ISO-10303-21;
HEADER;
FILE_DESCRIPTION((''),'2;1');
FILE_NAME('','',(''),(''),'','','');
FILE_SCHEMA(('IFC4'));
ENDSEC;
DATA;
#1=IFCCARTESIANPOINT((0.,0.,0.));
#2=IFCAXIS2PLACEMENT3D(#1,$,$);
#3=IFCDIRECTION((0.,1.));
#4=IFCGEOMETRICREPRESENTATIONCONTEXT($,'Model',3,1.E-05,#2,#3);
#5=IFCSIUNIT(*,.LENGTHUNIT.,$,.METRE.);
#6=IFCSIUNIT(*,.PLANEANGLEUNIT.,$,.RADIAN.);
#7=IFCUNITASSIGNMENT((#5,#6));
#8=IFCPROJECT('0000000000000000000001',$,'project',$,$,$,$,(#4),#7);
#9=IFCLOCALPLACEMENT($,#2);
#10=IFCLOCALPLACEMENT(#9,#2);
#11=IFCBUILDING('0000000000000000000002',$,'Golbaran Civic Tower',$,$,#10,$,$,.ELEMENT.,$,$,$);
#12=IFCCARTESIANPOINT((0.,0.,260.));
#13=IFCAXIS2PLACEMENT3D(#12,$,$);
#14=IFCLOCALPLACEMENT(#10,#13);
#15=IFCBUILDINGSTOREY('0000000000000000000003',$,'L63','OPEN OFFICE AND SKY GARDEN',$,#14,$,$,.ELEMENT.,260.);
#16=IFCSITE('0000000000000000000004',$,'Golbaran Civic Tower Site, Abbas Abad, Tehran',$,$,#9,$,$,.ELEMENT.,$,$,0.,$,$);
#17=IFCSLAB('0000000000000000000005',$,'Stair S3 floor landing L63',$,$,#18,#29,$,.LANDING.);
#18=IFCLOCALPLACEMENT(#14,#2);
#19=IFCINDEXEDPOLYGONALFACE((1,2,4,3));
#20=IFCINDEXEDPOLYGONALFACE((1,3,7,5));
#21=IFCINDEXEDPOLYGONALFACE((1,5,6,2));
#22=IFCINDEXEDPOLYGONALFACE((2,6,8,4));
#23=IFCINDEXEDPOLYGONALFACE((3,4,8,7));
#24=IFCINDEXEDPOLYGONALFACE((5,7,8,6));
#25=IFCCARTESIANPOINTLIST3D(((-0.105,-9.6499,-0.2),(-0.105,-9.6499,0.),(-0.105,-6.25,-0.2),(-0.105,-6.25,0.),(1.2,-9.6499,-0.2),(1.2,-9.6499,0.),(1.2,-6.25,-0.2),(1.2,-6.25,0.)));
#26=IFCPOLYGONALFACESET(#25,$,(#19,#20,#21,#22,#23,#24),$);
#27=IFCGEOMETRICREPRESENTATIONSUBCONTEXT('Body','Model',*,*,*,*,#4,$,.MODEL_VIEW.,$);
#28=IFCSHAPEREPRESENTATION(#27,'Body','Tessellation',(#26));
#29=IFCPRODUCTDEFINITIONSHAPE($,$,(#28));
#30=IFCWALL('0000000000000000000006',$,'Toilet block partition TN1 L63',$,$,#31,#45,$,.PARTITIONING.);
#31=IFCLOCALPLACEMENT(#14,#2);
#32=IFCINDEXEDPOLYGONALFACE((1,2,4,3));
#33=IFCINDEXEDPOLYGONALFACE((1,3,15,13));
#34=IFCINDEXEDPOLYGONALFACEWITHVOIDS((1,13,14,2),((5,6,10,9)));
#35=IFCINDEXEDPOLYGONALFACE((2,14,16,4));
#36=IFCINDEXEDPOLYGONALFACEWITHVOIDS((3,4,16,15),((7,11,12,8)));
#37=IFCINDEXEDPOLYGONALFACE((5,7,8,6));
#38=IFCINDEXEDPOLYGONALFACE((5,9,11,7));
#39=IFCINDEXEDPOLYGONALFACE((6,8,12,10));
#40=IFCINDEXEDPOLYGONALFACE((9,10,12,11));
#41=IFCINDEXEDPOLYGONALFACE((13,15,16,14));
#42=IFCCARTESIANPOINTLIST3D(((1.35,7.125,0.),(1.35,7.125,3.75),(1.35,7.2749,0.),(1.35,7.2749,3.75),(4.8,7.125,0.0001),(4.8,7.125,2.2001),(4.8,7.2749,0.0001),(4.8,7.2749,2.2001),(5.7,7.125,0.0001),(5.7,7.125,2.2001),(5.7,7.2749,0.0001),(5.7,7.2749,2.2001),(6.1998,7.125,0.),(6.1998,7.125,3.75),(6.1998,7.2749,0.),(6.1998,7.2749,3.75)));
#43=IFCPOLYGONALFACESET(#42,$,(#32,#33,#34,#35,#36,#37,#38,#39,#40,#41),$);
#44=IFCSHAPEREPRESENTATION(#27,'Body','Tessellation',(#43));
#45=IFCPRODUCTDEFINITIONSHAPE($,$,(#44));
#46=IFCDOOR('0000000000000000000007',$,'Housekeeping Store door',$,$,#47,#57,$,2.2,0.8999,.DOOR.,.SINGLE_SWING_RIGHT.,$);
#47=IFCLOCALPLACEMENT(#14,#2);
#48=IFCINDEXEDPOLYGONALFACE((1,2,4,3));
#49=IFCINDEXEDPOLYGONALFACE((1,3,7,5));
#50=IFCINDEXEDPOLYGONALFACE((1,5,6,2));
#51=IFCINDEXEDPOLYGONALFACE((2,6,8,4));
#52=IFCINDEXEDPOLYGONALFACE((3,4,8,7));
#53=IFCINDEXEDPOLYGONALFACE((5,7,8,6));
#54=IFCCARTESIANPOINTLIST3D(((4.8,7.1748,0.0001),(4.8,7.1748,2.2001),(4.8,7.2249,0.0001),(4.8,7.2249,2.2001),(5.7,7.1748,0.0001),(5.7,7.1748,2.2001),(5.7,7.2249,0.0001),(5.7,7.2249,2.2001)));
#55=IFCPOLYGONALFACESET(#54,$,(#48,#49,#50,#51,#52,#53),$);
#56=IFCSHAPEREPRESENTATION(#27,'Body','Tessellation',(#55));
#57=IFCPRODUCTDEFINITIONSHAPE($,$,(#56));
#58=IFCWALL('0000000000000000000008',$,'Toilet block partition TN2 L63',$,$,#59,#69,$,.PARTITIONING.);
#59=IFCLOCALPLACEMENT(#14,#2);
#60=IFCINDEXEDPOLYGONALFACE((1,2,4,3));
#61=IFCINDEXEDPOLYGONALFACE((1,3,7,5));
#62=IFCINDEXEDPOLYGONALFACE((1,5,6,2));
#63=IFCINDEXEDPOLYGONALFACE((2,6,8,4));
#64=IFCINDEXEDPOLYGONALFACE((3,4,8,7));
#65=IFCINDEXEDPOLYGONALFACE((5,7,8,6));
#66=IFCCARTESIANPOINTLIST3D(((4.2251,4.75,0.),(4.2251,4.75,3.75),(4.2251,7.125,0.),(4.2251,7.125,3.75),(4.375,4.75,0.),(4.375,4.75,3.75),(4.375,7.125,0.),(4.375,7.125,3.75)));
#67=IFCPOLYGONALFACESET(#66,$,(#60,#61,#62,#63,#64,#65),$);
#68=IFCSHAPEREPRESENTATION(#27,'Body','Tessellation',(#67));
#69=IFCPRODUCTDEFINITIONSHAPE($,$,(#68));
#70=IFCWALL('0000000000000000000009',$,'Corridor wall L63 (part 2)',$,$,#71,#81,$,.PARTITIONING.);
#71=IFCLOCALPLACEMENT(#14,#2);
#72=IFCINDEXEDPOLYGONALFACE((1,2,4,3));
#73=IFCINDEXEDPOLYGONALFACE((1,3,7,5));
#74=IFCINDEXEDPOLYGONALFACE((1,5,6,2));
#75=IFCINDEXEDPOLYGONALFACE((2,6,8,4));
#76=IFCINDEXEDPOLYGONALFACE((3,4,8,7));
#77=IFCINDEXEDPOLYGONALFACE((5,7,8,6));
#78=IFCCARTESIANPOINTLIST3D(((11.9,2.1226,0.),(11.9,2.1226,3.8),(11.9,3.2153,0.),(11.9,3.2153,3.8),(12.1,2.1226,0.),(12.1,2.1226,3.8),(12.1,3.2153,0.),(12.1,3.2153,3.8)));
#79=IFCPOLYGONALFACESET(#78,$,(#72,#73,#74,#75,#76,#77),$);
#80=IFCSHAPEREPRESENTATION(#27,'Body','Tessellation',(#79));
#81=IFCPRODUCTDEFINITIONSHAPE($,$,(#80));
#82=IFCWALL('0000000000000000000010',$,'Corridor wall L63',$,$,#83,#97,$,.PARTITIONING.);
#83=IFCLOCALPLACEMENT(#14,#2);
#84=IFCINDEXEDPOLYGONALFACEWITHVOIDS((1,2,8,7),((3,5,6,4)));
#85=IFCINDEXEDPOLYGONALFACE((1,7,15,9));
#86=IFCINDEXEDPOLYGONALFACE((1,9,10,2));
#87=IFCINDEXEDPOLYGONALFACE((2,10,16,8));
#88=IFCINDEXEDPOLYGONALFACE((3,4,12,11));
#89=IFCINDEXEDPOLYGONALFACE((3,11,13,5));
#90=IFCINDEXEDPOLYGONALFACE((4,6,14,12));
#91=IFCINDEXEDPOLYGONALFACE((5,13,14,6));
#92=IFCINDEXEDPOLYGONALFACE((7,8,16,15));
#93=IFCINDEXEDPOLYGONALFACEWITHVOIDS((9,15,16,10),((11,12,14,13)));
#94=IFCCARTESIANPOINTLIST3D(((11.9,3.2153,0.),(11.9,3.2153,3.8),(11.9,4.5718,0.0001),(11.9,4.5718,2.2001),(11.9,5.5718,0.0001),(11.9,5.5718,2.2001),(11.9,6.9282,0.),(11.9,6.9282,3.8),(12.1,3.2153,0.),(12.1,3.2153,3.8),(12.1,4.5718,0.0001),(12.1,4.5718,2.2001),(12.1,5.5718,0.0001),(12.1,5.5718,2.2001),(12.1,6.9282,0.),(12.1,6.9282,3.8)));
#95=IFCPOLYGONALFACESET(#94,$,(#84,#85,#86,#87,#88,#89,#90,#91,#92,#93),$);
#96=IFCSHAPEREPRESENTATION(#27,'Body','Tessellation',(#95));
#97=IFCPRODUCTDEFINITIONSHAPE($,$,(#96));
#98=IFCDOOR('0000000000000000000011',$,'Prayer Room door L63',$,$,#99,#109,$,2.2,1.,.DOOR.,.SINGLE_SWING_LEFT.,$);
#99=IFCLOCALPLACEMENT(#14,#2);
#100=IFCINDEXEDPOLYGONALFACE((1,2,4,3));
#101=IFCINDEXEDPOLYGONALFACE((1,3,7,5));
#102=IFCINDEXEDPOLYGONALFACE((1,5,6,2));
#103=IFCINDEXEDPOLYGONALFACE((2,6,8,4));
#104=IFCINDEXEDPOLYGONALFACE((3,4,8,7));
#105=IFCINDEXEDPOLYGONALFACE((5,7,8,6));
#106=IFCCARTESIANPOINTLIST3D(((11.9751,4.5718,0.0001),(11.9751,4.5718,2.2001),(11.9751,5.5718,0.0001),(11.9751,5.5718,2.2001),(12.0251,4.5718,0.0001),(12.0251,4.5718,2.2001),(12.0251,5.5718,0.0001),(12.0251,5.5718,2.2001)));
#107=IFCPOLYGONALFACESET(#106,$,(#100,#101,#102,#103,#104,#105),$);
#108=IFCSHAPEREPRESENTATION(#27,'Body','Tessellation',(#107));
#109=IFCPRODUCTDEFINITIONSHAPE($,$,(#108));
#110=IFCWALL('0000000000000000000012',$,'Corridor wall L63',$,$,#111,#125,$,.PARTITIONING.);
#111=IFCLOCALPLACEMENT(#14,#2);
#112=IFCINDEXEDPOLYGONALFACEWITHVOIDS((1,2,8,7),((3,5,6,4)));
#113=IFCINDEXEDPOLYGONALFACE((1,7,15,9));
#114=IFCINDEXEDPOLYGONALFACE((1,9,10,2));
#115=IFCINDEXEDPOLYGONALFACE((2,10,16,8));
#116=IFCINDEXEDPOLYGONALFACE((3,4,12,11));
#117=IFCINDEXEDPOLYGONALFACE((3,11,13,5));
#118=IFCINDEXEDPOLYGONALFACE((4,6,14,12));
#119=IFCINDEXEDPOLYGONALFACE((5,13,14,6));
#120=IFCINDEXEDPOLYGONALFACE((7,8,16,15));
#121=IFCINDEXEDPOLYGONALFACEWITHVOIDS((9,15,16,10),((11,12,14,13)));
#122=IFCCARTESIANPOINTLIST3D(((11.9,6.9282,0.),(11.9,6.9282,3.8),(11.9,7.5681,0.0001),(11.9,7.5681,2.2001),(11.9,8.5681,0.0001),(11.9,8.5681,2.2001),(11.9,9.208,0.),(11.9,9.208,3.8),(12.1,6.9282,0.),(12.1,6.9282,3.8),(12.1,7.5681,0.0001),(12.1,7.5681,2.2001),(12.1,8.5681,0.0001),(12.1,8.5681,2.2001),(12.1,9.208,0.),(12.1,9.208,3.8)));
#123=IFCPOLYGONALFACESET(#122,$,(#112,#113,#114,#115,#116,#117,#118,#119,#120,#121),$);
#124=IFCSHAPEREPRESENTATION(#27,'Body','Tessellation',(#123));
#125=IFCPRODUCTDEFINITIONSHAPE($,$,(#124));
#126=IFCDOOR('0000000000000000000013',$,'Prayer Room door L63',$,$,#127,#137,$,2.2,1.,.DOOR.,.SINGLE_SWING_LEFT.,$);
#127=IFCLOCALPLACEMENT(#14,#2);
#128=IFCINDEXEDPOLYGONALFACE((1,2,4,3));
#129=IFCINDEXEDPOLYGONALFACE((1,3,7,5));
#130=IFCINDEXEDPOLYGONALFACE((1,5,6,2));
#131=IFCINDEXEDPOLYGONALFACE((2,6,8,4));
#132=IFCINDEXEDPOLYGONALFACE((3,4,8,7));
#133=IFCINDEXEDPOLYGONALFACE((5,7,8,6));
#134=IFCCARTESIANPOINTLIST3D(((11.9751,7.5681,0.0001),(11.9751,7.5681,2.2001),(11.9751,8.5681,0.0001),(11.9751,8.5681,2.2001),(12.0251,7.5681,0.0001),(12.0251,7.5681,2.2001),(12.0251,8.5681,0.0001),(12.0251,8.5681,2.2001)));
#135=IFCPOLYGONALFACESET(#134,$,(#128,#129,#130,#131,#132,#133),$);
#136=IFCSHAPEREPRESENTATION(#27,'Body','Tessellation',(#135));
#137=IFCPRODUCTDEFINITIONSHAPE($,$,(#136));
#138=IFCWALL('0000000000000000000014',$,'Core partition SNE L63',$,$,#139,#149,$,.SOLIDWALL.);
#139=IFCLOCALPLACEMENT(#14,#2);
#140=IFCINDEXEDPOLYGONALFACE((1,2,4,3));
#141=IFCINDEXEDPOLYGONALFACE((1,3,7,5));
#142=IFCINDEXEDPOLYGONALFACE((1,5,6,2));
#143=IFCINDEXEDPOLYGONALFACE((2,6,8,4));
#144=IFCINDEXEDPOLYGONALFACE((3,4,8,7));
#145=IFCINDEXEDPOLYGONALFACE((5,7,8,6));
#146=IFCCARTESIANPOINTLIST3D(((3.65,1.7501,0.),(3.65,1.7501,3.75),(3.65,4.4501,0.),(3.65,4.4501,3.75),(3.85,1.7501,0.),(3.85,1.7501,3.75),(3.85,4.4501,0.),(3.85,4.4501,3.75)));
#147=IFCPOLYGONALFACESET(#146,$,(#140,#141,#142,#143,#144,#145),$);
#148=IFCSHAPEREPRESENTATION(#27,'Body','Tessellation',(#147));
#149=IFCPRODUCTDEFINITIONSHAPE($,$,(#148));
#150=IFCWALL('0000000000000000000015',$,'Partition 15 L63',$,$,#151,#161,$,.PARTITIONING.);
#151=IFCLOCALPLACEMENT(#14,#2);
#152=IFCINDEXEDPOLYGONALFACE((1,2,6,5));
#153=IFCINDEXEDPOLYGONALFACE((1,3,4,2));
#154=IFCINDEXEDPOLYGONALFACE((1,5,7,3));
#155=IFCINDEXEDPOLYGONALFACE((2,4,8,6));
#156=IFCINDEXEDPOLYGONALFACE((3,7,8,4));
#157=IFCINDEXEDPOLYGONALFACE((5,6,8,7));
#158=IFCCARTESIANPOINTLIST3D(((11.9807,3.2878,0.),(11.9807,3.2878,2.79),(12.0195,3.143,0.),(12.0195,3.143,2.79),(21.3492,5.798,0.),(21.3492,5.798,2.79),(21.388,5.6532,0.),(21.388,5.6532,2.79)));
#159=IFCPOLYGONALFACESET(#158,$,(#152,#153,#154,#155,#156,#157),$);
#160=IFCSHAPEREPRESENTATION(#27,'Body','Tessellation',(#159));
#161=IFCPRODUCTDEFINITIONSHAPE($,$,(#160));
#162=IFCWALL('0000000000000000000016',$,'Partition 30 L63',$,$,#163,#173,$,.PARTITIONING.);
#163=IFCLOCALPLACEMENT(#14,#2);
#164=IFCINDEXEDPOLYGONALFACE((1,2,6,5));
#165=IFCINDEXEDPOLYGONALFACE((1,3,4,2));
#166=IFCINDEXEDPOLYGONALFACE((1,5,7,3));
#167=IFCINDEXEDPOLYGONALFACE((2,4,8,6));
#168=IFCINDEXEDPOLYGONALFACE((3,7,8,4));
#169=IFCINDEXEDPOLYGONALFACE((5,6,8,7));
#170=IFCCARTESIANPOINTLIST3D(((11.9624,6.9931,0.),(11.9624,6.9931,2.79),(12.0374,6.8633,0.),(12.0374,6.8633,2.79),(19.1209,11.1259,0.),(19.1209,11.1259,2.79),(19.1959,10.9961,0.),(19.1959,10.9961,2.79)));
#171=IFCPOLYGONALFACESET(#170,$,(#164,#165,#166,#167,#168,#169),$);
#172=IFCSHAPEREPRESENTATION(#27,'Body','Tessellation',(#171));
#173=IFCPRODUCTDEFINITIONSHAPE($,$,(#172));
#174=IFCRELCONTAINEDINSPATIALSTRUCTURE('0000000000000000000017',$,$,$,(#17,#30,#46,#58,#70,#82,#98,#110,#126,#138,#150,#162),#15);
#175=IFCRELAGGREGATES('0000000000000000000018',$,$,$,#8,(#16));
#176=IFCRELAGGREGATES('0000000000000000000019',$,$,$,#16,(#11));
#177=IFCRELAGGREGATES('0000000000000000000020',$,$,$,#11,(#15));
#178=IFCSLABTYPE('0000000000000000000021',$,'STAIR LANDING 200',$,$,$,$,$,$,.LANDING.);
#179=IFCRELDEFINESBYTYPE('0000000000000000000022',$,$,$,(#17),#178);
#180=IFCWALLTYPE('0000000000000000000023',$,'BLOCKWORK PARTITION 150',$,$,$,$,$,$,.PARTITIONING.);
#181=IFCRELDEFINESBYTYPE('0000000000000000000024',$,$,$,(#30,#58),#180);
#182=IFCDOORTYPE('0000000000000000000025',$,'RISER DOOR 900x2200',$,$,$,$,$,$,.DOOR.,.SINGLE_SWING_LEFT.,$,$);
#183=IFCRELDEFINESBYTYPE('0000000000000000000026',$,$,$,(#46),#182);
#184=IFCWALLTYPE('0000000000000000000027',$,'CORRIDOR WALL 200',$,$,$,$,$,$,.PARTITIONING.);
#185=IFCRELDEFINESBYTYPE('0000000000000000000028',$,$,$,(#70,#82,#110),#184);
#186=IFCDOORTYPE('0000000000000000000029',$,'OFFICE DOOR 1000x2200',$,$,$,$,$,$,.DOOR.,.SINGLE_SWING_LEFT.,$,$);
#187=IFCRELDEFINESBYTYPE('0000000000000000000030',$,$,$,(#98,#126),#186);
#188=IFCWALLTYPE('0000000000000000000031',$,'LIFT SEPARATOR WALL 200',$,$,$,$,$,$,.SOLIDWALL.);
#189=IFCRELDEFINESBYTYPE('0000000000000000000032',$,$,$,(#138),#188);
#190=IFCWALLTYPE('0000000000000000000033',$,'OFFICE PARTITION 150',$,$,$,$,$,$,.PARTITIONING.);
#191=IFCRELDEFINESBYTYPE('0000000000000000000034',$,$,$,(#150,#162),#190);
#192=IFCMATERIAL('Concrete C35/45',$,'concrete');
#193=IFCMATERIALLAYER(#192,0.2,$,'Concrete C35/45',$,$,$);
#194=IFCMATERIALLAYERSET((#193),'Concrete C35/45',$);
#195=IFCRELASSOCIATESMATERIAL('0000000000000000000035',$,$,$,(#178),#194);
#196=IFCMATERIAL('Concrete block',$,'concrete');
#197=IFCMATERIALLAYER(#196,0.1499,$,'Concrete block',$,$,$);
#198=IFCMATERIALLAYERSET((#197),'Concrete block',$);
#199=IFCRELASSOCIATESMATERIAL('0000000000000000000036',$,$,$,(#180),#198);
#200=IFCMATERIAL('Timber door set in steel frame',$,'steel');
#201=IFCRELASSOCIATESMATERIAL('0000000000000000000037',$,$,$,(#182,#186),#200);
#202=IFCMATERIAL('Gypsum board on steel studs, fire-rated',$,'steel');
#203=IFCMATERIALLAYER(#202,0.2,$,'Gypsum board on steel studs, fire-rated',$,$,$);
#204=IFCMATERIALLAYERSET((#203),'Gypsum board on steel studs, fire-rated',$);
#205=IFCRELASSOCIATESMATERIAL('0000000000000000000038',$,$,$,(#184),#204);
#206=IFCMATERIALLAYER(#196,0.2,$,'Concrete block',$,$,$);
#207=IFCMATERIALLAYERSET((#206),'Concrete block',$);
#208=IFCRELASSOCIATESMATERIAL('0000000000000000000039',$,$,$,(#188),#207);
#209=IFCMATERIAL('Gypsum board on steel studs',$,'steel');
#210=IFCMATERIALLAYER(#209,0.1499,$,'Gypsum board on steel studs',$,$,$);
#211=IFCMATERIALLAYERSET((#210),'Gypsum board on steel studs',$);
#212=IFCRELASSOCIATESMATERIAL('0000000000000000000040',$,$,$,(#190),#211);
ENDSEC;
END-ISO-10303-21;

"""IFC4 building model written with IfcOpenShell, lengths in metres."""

from ifc_helpers import new_model, si_unit, direction, frame, frame_2d, origin, place, context, subcontext, project, spatial, polyline, rectangle, outline, extrude, material, layer, layer_set, type_object, element, fill, save


model = new_model("IFC4")

# Units and contexts
model_context = context("Model", 3, precision=1e-05, world=origin(), true_north=direction((0.0, 1.0)))
body_context = subcontext(model_context, "Body", "Model", "MODEL_VIEW")
ifc_project = project(units=[si_unit("LENGTHUNIT", "METRE"), si_unit("PLANEANGLEUNIT", "RADIAN")], contexts=[model_context])

# Site, building, storey
site_placement = place(None, origin())
site = spatial("IfcSite", under=ifc_project, at=site_placement, Name="Golbaran Civic Tower Site, Abbas Abad, Tehran", CompositionType="ELEMENT", RefElevation=0.0)
building_placement = place(site_placement, origin())
building = spatial("IfcBuilding", under=site, at=building_placement, Name="Golbaran Civic Tower", CompositionType="ELEMENT")
storey_placement = place(building_placement, frame((0.0, 0.0, 260.0)))
storey = spatial("IfcBuildingStorey", under=building, at=storey_placement, Name="L63", Description="OPEN OFFICE AND SKY GARDEN", CompositionType="ELEMENT", Elevation=260.0)

# Slab
ifc_material_1 = material(Name="Concrete C35/45", Category="concrete")
ifc_layer_1 = layer(ifc_material_1, 0.2, Name="Concrete C35/45")
ifc_layer_set_1 = layer_set([ifc_layer_1], Name="Concrete C35/45")
slab_type = type_object("IfcSlabType", Name="STAIR LANDING 200", PredefinedType="LANDING", material=ifc_layer_set_1)
slab_placement = place(storey_placement, frame((0.0, 0.0, -0.2)))
element("IfcSlab", 1, at=slab_placement, inside=storey, type_object=slab_type, Name="Stair S3 floor landing L63", PredefinedType="LANDING", context=body_context, shape_type="SweptSolid", body=[
    extrude(outline(polyline([(1.2, -9.6499), (-0.105, -9.6499), (-0.105, -6.25), (1.2, -6.25), (1.2, -9.6499)])), origin(), (0.0, 0.0, 1.0), 0.2),
])

# Wall, opening, door
ifc_material_2 = material(Name="Concrete block", Category="concrete")
ifc_layer_2 = layer(ifc_material_2, 0.1499, Name="Concrete block")
ifc_layer_set_2 = layer_set([ifc_layer_2], Name="Concrete block")
wall_type_1 = type_object("IfcWallType", Name="BLOCKWORK PARTITION 150", PredefinedType="PARTITIONING", material=ifc_layer_set_2)
wall_1_placement = place(storey_placement, frame((1.3501, 7.2, 0.0), z_axis=(0.0, 0.0, 1.0), x_axis=(1.0, 0.0, 0.0)))
wall_1 = element("IfcWall", 2, at=wall_1_placement, inside=storey, type_object=wall_type_1, Name="Toilet block partition TN1 L63", PredefinedType="PARTITIONING", context=body_context, shape_type="SweptSolid", body=[
    extrude(rectangle(XDim=4.8499, YDim=0.1499, at=frame_2d((2.4248, 0.0))), origin(), (0.0, 0.0, 1.0), 3.75),
])
opening_1_placement = place(wall_1_placement, frame((3.45, 0.0, 0.0)))
opening_1 = element("IfcOpeningElement", 3, at=opening_1_placement, cuts=wall_1, PredefinedType="OPENING", context=body_context, shape_type="SweptSolid", body=[
    extrude(rectangle(XDim=0.8999, YDim=2.2, at=frame_2d((0.45, 1.1001))), frame((0.0, 0.085, 0.0), z_axis=(0.0, -1.0, 0.0), x_axis=(1.0, 0.0, 0.0)), (0.0, 0.0, 1.0), 0.1699),
])
ifc_material_3 = material(Name="Timber door set in steel frame", Category="steel")
door_type_1 = type_object("IfcDoorType", Name="RISER DOOR 900x2200", OperationType="SINGLE_SWING_LEFT", PredefinedType="DOOR", material=ifc_material_3)
door_1_placement = place(opening_1_placement, origin())
door_1 = element("IfcDoor", 4, at=door_1_placement, inside=storey, type_object=door_type_1, Name="Housekeeping Store door", OperationType="SINGLE_SWING_RIGHT", OverallHeight=2.2, OverallWidth=0.8999, PredefinedType="DOOR", context=body_context, shape_type="SweptSolid", body=[
    extrude(rectangle(XDim=0.8999, YDim=2.2, at=frame_2d((0.45, 1.1001))), frame((0.0, 0.0249, 0.0), z_axis=(0.0, -1.0, 0.0), x_axis=(1.0, 0.0, 0.0)), (0.0, 0.0, 1.0), 0.05),
])
fill(opening_1, door_1)

# Walls
wall_2_placement = place(storey_placement, frame((4.3, 4.75, 0.0), z_axis=(0.0, 0.0, 1.0), x_axis=(0.0, 1.0, 0.0)))
element("IfcWall", 5, at=wall_2_placement, inside=storey, type_object=wall_type_1, Name="Toilet block partition TN2 L63", PredefinedType="PARTITIONING", context=body_context, shape_type="SweptSolid", body=[
    extrude(rectangle(XDim=2.375, YDim=0.1499, at=frame_2d((1.1875, 0.0))), origin(), (0.0, 0.0, 1.0), 3.75),
])
ifc_material_4 = material(Name="Gypsum board on steel studs, fire-rated", Category="steel")
ifc_layer_3 = layer(ifc_material_4, 0.2, Name="Gypsum board on steel studs, fire-rated")
ifc_layer_set_3 = layer_set([ifc_layer_3], Name="Gypsum board on steel studs, fire-rated")
wall_type_2 = type_object("IfcWallType", Name="CORRIDOR WALL 200", PredefinedType="PARTITIONING", material=ifc_layer_set_3)
wall_3_placement = place(storey_placement, frame((12.0, 2.1226, 0.0), z_axis=(0.0, 0.0, 1.0), x_axis=(0.0, 1.0, 0.0)))
element("IfcWall", 6, at=wall_3_placement, inside=storey, type_object=wall_type_2, Name="Corridor wall L63 (part 2)", PredefinedType="PARTITIONING", context=body_context, shape_type="SweptSolid", body=[
    extrude(rectangle(XDim=1.0928, YDim=0.2, at=frame_2d((0.5464, 0.0))), origin(), (0.0, 0.0, 1.0), 3.8),
])

# Walls, openings, doors
wall_4_placement = place(storey_placement, frame((12.0, 3.2153, 0.0), z_axis=(0.0, 0.0, 1.0), x_axis=(0.0, 1.0, 0.0)))
wall_4 = element("IfcWall", 7, at=wall_4_placement, inside=storey, type_object=wall_type_2, Name="Corridor wall L63", PredefinedType="PARTITIONING", context=body_context, shape_type="SweptSolid", body=[
    extrude(rectangle(XDim=3.7129, YDim=0.2, at=frame_2d((1.8564, 0.0))), origin(), (0.0, 0.0, 1.0), 3.8),
])
opening_2_placement = place(wall_4_placement, frame((1.3564, 0.0, 0.0)))
opening_2 = element("IfcOpeningElement", 8, at=opening_2_placement, cuts=wall_4, PredefinedType="OPENING", context=body_context, shape_type="SweptSolid", body=[
    extrude(rectangle(XDim=1.0, YDim=2.2, at=frame_2d((0.5, 1.1001))), frame((0.0, 0.1099, 0.0), z_axis=(0.0, -1.0, 0.0), x_axis=(1.0, 0.0, 0.0)), (0.0, 0.0, 1.0), 0.22),
])
door_type_2 = type_object("IfcDoorType", Name="OFFICE DOOR 1000x2200", OperationType="SINGLE_SWING_LEFT", PredefinedType="DOOR", material=ifc_material_3)
door_2_placement = place(opening_2_placement, origin())
door_2 = element("IfcDoor", 9, at=door_2_placement, inside=storey, type_object=door_type_2, Name="Prayer Room door L63", OperationType="SINGLE_SWING_LEFT", OverallHeight=2.2, OverallWidth=1.0, PredefinedType="DOOR", context=body_context, shape_type="SweptSolid", body=[
    extrude(rectangle(XDim=1.0, YDim=2.2, at=frame_2d((0.5, 1.1001))), frame((0.0, 0.0249, 0.0), z_axis=(0.0, -1.0, 0.0), x_axis=(1.0, 0.0, 0.0)), (0.0, 0.0, 1.0), 0.05),
])
fill(opening_2, door_2)
wall_5_placement = place(storey_placement, frame((12.0, 6.9282, 0.0), z_axis=(0.0, 0.0, 1.0), x_axis=(0.0, 1.0, 0.0)))
wall_5 = element("IfcWall", 10, at=wall_5_placement, inside=storey, type_object=wall_type_2, Name="Corridor wall L63", PredefinedType="PARTITIONING", context=body_context, shape_type="SweptSolid", body=[
    extrude(rectangle(XDim=2.2798, YDim=0.2, at=frame_2d((1.1399, 0.0))), origin(), (0.0, 0.0, 1.0), 3.8),
])
opening_3_placement = place(wall_5_placement, frame((0.6399, 0.0, 0.0)))
opening_3 = element("IfcOpeningElement", 11, at=opening_3_placement, cuts=wall_5, PredefinedType="OPENING", context=body_context, shape_type="SweptSolid", body=[
    extrude(rectangle(XDim=1.0, YDim=2.2, at=frame_2d((0.5, 1.1001))), frame((0.0, 0.1099, 0.0), z_axis=(0.0, -1.0, 0.0), x_axis=(1.0, 0.0, 0.0)), (0.0, 0.0, 1.0), 0.22),
])
door_3_placement = place(opening_3_placement, origin())
door_3 = element("IfcDoor", 12, at=door_3_placement, inside=storey, type_object=door_type_2, Name="Prayer Room door L63", OperationType="SINGLE_SWING_LEFT", OverallHeight=2.2, OverallWidth=1.0, PredefinedType="DOOR", context=body_context, shape_type="SweptSolid", body=[
    extrude(rectangle(XDim=1.0, YDim=2.2, at=frame_2d((0.5, 1.1001))), frame((0.0, 0.0249, 0.0), z_axis=(0.0, -1.0, 0.0), x_axis=(1.0, 0.0, 0.0)), (0.0, 0.0, 1.0), 0.05),
])
fill(opening_3, door_3)

# Walls
ifc_layer_4 = layer(ifc_material_2, 0.2, Name="Concrete block")
ifc_layer_set_4 = layer_set([ifc_layer_4], Name="Concrete block")
wall_type_3 = type_object("IfcWallType", Name="LIFT SEPARATOR WALL 200", PredefinedType="SOLIDWALL", material=ifc_layer_set_4)
wall_6_placement = place(storey_placement, frame((3.75, 1.75, 0.0), z_axis=(0.0, 0.0, 1.0), x_axis=(0.0, 1.0, 0.0)))
element("IfcWall", 13, at=wall_6_placement, inside=storey, type_object=wall_type_3, Name="Core partition SNE L63", PredefinedType="SOLIDWALL", context=body_context, shape_type="SweptSolid", body=[
    extrude(rectangle(XDim=2.7, YDim=0.2, at=frame_2d((1.3501, 0.0))), origin(), (0.0, 0.0, 1.0), 3.75),
])
ifc_material_5 = material(Name="Gypsum board on steel studs", Category="steel")
ifc_layer_5 = layer(ifc_material_5, 0.1499, Name="Gypsum board on steel studs")
ifc_layer_set_5 = layer_set([ifc_layer_5], Name="Gypsum board on steel studs")
wall_type_4 = type_object("IfcWallType", Name="OFFICE PARTITION 150", PredefinedType="PARTITIONING", material=ifc_layer_set_5)
wall_7_placement = place(storey_placement, frame((12.0, 3.2153, 0.0), z_axis=(0.0, 0.0, 1.0), x_axis=(0.965926, 0.258819, 0.0)))
element("IfcWall", 14, at=wall_7_placement, inside=storey, type_object=wall_type_4, Name="Partition 15 L63", PredefinedType="PARTITIONING", context=body_context, shape_type="SweptSolid", body=[
    extrude(rectangle(XDim=9.699, YDim=0.1499, at=frame_2d((4.8496, 0.0))), origin(), (0.0, 0.0, 1.0), 2.79),
])
wall_8_placement = place(storey_placement, frame((12.0, 6.9282, 0.0), z_axis=(0.0, 0.0, 1.0), x_axis=(0.866032, 0.499989, 0.0)))
element("IfcWall", 15, at=wall_8_placement, inside=storey, type_object=wall_type_4, Name="Partition 30 L63", PredefinedType="PARTITIONING", context=body_context, shape_type="SweptSolid", body=[
    extrude(rectangle(XDim=8.2659, YDim=0.1499, at=frame_2d((4.1328, 0.0))), origin(), (0.0, 0.0, 1.0), 2.79),
])

save(model, "model.ifc")
